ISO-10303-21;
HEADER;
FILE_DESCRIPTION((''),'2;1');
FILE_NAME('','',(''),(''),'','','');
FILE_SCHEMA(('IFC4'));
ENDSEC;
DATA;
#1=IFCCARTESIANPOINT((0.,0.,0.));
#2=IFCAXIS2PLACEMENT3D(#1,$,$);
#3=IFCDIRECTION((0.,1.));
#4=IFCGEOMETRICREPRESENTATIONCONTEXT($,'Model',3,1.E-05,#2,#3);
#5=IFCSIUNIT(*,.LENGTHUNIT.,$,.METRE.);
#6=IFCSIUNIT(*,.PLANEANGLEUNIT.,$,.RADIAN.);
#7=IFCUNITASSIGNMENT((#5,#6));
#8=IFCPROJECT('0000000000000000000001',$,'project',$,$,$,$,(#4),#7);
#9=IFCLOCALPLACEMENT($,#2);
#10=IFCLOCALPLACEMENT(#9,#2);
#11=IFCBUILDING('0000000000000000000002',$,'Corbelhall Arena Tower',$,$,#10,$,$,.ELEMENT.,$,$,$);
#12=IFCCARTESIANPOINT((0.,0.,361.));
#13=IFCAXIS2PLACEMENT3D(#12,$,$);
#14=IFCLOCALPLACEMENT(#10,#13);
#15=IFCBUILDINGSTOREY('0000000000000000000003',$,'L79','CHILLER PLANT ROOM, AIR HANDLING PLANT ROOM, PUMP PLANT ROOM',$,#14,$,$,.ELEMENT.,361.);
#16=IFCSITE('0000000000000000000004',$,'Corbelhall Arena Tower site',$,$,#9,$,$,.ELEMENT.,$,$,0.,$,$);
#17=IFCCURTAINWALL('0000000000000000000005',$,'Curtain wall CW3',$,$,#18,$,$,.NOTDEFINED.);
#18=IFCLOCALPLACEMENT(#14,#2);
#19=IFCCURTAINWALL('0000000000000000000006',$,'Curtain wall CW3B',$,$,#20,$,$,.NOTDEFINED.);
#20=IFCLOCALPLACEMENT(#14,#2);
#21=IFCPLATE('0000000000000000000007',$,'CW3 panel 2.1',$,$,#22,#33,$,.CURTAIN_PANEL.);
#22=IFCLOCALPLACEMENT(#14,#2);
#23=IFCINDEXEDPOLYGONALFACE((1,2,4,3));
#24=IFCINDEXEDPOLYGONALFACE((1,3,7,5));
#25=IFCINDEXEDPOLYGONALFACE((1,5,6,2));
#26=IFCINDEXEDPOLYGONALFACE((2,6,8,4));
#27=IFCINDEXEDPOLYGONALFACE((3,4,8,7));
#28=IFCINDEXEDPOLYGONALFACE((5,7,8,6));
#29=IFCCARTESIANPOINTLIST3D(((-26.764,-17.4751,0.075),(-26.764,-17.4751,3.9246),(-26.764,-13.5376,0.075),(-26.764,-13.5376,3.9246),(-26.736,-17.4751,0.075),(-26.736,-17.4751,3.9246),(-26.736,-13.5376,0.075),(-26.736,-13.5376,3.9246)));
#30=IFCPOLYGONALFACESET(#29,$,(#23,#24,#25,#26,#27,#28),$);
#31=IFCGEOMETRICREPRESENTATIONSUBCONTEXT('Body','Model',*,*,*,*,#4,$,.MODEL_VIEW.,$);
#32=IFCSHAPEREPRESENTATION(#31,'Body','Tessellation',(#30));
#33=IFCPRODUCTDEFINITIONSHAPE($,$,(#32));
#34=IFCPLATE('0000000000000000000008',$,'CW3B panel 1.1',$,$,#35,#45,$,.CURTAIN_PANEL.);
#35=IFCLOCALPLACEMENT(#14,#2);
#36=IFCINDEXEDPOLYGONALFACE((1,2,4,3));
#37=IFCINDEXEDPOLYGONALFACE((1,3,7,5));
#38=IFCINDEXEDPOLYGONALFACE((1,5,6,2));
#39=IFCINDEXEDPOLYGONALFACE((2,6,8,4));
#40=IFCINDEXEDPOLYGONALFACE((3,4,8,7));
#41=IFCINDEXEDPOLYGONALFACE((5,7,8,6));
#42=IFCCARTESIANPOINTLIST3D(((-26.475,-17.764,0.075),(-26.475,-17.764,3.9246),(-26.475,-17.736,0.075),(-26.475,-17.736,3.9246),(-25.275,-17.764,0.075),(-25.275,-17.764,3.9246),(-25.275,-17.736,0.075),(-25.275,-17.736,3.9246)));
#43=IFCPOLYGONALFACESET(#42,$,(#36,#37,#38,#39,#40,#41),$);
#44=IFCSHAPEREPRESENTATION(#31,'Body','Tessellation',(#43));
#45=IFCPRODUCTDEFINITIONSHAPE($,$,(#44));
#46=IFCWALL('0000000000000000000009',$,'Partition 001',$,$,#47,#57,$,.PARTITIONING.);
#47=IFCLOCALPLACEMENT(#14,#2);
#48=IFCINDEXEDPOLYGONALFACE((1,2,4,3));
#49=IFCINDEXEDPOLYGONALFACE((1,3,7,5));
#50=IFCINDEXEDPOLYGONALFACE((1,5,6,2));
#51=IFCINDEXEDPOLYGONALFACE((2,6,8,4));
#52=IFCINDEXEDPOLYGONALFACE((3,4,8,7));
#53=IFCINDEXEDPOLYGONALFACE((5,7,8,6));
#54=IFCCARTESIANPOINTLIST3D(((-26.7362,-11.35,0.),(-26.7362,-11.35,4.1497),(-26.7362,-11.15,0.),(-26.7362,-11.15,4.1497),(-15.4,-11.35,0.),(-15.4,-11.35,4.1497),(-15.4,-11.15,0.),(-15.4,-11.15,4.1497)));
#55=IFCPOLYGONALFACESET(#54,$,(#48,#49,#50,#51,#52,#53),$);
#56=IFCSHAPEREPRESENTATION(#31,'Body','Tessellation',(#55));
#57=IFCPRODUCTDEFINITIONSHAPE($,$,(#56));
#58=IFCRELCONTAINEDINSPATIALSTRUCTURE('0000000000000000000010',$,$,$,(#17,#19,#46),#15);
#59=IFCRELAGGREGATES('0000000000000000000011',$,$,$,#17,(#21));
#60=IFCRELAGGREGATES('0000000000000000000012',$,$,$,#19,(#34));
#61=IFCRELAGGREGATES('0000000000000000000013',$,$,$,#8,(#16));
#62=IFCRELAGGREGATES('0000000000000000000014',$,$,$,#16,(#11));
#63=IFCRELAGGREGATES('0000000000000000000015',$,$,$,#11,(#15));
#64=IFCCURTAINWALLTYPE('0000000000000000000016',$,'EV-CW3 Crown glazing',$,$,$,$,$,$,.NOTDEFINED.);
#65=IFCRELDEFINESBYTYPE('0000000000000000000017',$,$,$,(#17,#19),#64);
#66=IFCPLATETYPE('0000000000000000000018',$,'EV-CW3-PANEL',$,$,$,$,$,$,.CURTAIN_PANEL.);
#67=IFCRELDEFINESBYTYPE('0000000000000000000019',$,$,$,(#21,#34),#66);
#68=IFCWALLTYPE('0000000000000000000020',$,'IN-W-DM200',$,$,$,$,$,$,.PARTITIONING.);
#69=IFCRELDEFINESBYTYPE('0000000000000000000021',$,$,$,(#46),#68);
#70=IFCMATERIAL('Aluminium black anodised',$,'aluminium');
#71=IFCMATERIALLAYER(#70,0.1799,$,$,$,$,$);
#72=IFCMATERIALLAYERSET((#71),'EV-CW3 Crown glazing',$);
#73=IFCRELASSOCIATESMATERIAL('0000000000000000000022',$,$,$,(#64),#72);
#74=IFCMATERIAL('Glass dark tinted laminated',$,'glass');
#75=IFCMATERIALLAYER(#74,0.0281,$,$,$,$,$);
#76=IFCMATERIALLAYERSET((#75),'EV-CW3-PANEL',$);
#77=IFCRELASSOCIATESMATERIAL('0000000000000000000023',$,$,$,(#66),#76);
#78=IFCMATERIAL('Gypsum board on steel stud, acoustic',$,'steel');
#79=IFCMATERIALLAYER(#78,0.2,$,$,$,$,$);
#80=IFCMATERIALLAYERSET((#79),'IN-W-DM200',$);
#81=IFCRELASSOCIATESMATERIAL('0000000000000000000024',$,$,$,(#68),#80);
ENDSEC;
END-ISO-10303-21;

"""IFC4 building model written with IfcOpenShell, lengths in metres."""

from ifc_helpers import new_model, si_unit, direction, frame, frame_2d, origin, origin_2d, place, context, subcontext, project, spatial, rectangle, extrude, material, layer, layer_set, type_object, element, aggregate, save


model = new_model("IFC4")

# Units and contexts
model_context = context("Model", 3, precision=1e-05, world=origin(), true_north=direction((0.0, 1.0)))
body_context = subcontext(model_context, "Body", "Model", "MODEL_VIEW")
ifc_project = project(units=[si_unit("LENGTHUNIT", "METRE"), si_unit("PLANEANGLEUNIT", "RADIAN")], contexts=[model_context])

# Site, building, storey
site_placement = place(None, origin())
site = spatial("IfcSite", under=ifc_project, at=site_placement, Name="Corbelhall Arena Tower site", CompositionType="ELEMENT", RefElevation=0.0)
building_placement = place(site_placement, origin())
building = spatial("IfcBuilding", under=site, at=building_placement, Name="Corbelhall Arena Tower", CompositionType="ELEMENT")
storey_placement = place(building_placement, frame((0.0, 0.0, 361.0)))
storey = spatial("IfcBuildingStorey", under=building, at=storey_placement, Name="L79", Description="CHILLER PLANT ROOM, AIR HANDLING PLANT ROOM, PUMP PLANT ROOM", CompositionType="ELEMENT", Elevation=361.0)

# Curtain walls
ifc_material_1 = material(Name="Aluminium black anodised", Category="aluminium")
ifc_layer_1 = layer(ifc_material_1, 0.1799)
ifc_layer_set_1 = layer_set([ifc_layer_1], Name="EV-CW3 Crown glazing")
curtain_wall_type = type_object("IfcCurtainWallType", Name="EV-CW3 Crown glazing", PredefinedType="NOTDEFINED", material=ifc_layer_set_1)
curtain_wall_1_placement = place(storey_placement, origin())
curtain_wall_1 = element("IfcCurtainWall", 1, at=curtain_wall_1_placement, inside=storey, type_object=curtain_wall_type, Name="Curtain wall CW3", PredefinedType="NOTDEFINED")
curtain_wall_2_placement = place(storey_placement, origin())
curtain_wall_2 = element("IfcCurtainWall", 2, at=curtain_wall_2_placement, inside=storey, type_object=curtain_wall_type, Name="Curtain wall CW3B", PredefinedType="NOTDEFINED")

# Plates
ifc_material_2 = material(Name="Glass dark tinted laminated", Category="glass")
ifc_layer_2 = layer(ifc_material_2, 0.0281)
ifc_layer_set_2 = layer_set([ifc_layer_2], Name="EV-CW3-PANEL")
plate_type = type_object("IfcPlateType", Name="EV-CW3-PANEL", PredefinedType="CURTAIN_PANEL", material=ifc_layer_set_2)
plate_1_placement = place(storey_placement, frame((-26.75, -15.5063, 0.075), z_axis=(0.0, 0.0, 1.0), x_axis=(0.0, -1.0, 0.0)))
plate_1 = element("IfcPlate", 3, at=plate_1_placement, type_object=plate_type, Name="CW3 panel 2.1", PredefinedType="CURTAIN_PANEL", context=body_context, shape_type="SweptSolid", body=[
    extrude(rectangle(XDim=3.9375, YDim=0.0281, at=origin_2d()), origin(), (0.0, 0.0, 1.0), 3.8496),
])
aggregate(curtain_wall_1, [plate_1])
plate_2_placement = place(storey_placement, frame((-25.875, -17.75, 0.075), z_axis=(0.0, 0.0, 1.0), x_axis=(1.0, 0.0, 0.0)))
plate_2 = element("IfcPlate", 4, at=plate_2_placement, type_object=plate_type, Name="CW3B panel 1.1", PredefinedType="CURTAIN_PANEL", context=body_context, shape_type="SweptSolid", body=[
    extrude(rectangle(XDim=1.2, YDim=0.0281, at=origin_2d()), origin(), (0.0, 0.0, 1.0), 3.8496),
])
aggregate(curtain_wall_2, [plate_2])

# Wall
ifc_material_3 = material(Name="Gypsum board on steel stud, acoustic", Category="steel")
ifc_layer_3 = layer(ifc_material_3, 0.2)
ifc_layer_set_3 = layer_set([ifc_layer_3], Name="IN-W-DM200")
wall_type = type_object("IfcWallType", Name="IN-W-DM200", PredefinedType="PARTITIONING", material=ifc_layer_set_3)
wall_placement = place(storey_placement, frame((-26.7361, -11.25, 0.0), z_axis=(0.0, 0.0, 1.0), x_axis=(1.0, 0.0, 0.0)))
element("IfcWall", 5, at=wall_placement, inside=storey, type_object=wall_type, Name="Partition 001", PredefinedType="PARTITIONING", context=body_context, shape_type="SweptSolid", body=[
    extrude(rectangle(XDim=11.3362, YDim=0.2, at=frame_2d((5.668, 0.0))), origin(), (0.0, 0.0, 1.0), 4.1497),
])

save(model, "model.ifc")
